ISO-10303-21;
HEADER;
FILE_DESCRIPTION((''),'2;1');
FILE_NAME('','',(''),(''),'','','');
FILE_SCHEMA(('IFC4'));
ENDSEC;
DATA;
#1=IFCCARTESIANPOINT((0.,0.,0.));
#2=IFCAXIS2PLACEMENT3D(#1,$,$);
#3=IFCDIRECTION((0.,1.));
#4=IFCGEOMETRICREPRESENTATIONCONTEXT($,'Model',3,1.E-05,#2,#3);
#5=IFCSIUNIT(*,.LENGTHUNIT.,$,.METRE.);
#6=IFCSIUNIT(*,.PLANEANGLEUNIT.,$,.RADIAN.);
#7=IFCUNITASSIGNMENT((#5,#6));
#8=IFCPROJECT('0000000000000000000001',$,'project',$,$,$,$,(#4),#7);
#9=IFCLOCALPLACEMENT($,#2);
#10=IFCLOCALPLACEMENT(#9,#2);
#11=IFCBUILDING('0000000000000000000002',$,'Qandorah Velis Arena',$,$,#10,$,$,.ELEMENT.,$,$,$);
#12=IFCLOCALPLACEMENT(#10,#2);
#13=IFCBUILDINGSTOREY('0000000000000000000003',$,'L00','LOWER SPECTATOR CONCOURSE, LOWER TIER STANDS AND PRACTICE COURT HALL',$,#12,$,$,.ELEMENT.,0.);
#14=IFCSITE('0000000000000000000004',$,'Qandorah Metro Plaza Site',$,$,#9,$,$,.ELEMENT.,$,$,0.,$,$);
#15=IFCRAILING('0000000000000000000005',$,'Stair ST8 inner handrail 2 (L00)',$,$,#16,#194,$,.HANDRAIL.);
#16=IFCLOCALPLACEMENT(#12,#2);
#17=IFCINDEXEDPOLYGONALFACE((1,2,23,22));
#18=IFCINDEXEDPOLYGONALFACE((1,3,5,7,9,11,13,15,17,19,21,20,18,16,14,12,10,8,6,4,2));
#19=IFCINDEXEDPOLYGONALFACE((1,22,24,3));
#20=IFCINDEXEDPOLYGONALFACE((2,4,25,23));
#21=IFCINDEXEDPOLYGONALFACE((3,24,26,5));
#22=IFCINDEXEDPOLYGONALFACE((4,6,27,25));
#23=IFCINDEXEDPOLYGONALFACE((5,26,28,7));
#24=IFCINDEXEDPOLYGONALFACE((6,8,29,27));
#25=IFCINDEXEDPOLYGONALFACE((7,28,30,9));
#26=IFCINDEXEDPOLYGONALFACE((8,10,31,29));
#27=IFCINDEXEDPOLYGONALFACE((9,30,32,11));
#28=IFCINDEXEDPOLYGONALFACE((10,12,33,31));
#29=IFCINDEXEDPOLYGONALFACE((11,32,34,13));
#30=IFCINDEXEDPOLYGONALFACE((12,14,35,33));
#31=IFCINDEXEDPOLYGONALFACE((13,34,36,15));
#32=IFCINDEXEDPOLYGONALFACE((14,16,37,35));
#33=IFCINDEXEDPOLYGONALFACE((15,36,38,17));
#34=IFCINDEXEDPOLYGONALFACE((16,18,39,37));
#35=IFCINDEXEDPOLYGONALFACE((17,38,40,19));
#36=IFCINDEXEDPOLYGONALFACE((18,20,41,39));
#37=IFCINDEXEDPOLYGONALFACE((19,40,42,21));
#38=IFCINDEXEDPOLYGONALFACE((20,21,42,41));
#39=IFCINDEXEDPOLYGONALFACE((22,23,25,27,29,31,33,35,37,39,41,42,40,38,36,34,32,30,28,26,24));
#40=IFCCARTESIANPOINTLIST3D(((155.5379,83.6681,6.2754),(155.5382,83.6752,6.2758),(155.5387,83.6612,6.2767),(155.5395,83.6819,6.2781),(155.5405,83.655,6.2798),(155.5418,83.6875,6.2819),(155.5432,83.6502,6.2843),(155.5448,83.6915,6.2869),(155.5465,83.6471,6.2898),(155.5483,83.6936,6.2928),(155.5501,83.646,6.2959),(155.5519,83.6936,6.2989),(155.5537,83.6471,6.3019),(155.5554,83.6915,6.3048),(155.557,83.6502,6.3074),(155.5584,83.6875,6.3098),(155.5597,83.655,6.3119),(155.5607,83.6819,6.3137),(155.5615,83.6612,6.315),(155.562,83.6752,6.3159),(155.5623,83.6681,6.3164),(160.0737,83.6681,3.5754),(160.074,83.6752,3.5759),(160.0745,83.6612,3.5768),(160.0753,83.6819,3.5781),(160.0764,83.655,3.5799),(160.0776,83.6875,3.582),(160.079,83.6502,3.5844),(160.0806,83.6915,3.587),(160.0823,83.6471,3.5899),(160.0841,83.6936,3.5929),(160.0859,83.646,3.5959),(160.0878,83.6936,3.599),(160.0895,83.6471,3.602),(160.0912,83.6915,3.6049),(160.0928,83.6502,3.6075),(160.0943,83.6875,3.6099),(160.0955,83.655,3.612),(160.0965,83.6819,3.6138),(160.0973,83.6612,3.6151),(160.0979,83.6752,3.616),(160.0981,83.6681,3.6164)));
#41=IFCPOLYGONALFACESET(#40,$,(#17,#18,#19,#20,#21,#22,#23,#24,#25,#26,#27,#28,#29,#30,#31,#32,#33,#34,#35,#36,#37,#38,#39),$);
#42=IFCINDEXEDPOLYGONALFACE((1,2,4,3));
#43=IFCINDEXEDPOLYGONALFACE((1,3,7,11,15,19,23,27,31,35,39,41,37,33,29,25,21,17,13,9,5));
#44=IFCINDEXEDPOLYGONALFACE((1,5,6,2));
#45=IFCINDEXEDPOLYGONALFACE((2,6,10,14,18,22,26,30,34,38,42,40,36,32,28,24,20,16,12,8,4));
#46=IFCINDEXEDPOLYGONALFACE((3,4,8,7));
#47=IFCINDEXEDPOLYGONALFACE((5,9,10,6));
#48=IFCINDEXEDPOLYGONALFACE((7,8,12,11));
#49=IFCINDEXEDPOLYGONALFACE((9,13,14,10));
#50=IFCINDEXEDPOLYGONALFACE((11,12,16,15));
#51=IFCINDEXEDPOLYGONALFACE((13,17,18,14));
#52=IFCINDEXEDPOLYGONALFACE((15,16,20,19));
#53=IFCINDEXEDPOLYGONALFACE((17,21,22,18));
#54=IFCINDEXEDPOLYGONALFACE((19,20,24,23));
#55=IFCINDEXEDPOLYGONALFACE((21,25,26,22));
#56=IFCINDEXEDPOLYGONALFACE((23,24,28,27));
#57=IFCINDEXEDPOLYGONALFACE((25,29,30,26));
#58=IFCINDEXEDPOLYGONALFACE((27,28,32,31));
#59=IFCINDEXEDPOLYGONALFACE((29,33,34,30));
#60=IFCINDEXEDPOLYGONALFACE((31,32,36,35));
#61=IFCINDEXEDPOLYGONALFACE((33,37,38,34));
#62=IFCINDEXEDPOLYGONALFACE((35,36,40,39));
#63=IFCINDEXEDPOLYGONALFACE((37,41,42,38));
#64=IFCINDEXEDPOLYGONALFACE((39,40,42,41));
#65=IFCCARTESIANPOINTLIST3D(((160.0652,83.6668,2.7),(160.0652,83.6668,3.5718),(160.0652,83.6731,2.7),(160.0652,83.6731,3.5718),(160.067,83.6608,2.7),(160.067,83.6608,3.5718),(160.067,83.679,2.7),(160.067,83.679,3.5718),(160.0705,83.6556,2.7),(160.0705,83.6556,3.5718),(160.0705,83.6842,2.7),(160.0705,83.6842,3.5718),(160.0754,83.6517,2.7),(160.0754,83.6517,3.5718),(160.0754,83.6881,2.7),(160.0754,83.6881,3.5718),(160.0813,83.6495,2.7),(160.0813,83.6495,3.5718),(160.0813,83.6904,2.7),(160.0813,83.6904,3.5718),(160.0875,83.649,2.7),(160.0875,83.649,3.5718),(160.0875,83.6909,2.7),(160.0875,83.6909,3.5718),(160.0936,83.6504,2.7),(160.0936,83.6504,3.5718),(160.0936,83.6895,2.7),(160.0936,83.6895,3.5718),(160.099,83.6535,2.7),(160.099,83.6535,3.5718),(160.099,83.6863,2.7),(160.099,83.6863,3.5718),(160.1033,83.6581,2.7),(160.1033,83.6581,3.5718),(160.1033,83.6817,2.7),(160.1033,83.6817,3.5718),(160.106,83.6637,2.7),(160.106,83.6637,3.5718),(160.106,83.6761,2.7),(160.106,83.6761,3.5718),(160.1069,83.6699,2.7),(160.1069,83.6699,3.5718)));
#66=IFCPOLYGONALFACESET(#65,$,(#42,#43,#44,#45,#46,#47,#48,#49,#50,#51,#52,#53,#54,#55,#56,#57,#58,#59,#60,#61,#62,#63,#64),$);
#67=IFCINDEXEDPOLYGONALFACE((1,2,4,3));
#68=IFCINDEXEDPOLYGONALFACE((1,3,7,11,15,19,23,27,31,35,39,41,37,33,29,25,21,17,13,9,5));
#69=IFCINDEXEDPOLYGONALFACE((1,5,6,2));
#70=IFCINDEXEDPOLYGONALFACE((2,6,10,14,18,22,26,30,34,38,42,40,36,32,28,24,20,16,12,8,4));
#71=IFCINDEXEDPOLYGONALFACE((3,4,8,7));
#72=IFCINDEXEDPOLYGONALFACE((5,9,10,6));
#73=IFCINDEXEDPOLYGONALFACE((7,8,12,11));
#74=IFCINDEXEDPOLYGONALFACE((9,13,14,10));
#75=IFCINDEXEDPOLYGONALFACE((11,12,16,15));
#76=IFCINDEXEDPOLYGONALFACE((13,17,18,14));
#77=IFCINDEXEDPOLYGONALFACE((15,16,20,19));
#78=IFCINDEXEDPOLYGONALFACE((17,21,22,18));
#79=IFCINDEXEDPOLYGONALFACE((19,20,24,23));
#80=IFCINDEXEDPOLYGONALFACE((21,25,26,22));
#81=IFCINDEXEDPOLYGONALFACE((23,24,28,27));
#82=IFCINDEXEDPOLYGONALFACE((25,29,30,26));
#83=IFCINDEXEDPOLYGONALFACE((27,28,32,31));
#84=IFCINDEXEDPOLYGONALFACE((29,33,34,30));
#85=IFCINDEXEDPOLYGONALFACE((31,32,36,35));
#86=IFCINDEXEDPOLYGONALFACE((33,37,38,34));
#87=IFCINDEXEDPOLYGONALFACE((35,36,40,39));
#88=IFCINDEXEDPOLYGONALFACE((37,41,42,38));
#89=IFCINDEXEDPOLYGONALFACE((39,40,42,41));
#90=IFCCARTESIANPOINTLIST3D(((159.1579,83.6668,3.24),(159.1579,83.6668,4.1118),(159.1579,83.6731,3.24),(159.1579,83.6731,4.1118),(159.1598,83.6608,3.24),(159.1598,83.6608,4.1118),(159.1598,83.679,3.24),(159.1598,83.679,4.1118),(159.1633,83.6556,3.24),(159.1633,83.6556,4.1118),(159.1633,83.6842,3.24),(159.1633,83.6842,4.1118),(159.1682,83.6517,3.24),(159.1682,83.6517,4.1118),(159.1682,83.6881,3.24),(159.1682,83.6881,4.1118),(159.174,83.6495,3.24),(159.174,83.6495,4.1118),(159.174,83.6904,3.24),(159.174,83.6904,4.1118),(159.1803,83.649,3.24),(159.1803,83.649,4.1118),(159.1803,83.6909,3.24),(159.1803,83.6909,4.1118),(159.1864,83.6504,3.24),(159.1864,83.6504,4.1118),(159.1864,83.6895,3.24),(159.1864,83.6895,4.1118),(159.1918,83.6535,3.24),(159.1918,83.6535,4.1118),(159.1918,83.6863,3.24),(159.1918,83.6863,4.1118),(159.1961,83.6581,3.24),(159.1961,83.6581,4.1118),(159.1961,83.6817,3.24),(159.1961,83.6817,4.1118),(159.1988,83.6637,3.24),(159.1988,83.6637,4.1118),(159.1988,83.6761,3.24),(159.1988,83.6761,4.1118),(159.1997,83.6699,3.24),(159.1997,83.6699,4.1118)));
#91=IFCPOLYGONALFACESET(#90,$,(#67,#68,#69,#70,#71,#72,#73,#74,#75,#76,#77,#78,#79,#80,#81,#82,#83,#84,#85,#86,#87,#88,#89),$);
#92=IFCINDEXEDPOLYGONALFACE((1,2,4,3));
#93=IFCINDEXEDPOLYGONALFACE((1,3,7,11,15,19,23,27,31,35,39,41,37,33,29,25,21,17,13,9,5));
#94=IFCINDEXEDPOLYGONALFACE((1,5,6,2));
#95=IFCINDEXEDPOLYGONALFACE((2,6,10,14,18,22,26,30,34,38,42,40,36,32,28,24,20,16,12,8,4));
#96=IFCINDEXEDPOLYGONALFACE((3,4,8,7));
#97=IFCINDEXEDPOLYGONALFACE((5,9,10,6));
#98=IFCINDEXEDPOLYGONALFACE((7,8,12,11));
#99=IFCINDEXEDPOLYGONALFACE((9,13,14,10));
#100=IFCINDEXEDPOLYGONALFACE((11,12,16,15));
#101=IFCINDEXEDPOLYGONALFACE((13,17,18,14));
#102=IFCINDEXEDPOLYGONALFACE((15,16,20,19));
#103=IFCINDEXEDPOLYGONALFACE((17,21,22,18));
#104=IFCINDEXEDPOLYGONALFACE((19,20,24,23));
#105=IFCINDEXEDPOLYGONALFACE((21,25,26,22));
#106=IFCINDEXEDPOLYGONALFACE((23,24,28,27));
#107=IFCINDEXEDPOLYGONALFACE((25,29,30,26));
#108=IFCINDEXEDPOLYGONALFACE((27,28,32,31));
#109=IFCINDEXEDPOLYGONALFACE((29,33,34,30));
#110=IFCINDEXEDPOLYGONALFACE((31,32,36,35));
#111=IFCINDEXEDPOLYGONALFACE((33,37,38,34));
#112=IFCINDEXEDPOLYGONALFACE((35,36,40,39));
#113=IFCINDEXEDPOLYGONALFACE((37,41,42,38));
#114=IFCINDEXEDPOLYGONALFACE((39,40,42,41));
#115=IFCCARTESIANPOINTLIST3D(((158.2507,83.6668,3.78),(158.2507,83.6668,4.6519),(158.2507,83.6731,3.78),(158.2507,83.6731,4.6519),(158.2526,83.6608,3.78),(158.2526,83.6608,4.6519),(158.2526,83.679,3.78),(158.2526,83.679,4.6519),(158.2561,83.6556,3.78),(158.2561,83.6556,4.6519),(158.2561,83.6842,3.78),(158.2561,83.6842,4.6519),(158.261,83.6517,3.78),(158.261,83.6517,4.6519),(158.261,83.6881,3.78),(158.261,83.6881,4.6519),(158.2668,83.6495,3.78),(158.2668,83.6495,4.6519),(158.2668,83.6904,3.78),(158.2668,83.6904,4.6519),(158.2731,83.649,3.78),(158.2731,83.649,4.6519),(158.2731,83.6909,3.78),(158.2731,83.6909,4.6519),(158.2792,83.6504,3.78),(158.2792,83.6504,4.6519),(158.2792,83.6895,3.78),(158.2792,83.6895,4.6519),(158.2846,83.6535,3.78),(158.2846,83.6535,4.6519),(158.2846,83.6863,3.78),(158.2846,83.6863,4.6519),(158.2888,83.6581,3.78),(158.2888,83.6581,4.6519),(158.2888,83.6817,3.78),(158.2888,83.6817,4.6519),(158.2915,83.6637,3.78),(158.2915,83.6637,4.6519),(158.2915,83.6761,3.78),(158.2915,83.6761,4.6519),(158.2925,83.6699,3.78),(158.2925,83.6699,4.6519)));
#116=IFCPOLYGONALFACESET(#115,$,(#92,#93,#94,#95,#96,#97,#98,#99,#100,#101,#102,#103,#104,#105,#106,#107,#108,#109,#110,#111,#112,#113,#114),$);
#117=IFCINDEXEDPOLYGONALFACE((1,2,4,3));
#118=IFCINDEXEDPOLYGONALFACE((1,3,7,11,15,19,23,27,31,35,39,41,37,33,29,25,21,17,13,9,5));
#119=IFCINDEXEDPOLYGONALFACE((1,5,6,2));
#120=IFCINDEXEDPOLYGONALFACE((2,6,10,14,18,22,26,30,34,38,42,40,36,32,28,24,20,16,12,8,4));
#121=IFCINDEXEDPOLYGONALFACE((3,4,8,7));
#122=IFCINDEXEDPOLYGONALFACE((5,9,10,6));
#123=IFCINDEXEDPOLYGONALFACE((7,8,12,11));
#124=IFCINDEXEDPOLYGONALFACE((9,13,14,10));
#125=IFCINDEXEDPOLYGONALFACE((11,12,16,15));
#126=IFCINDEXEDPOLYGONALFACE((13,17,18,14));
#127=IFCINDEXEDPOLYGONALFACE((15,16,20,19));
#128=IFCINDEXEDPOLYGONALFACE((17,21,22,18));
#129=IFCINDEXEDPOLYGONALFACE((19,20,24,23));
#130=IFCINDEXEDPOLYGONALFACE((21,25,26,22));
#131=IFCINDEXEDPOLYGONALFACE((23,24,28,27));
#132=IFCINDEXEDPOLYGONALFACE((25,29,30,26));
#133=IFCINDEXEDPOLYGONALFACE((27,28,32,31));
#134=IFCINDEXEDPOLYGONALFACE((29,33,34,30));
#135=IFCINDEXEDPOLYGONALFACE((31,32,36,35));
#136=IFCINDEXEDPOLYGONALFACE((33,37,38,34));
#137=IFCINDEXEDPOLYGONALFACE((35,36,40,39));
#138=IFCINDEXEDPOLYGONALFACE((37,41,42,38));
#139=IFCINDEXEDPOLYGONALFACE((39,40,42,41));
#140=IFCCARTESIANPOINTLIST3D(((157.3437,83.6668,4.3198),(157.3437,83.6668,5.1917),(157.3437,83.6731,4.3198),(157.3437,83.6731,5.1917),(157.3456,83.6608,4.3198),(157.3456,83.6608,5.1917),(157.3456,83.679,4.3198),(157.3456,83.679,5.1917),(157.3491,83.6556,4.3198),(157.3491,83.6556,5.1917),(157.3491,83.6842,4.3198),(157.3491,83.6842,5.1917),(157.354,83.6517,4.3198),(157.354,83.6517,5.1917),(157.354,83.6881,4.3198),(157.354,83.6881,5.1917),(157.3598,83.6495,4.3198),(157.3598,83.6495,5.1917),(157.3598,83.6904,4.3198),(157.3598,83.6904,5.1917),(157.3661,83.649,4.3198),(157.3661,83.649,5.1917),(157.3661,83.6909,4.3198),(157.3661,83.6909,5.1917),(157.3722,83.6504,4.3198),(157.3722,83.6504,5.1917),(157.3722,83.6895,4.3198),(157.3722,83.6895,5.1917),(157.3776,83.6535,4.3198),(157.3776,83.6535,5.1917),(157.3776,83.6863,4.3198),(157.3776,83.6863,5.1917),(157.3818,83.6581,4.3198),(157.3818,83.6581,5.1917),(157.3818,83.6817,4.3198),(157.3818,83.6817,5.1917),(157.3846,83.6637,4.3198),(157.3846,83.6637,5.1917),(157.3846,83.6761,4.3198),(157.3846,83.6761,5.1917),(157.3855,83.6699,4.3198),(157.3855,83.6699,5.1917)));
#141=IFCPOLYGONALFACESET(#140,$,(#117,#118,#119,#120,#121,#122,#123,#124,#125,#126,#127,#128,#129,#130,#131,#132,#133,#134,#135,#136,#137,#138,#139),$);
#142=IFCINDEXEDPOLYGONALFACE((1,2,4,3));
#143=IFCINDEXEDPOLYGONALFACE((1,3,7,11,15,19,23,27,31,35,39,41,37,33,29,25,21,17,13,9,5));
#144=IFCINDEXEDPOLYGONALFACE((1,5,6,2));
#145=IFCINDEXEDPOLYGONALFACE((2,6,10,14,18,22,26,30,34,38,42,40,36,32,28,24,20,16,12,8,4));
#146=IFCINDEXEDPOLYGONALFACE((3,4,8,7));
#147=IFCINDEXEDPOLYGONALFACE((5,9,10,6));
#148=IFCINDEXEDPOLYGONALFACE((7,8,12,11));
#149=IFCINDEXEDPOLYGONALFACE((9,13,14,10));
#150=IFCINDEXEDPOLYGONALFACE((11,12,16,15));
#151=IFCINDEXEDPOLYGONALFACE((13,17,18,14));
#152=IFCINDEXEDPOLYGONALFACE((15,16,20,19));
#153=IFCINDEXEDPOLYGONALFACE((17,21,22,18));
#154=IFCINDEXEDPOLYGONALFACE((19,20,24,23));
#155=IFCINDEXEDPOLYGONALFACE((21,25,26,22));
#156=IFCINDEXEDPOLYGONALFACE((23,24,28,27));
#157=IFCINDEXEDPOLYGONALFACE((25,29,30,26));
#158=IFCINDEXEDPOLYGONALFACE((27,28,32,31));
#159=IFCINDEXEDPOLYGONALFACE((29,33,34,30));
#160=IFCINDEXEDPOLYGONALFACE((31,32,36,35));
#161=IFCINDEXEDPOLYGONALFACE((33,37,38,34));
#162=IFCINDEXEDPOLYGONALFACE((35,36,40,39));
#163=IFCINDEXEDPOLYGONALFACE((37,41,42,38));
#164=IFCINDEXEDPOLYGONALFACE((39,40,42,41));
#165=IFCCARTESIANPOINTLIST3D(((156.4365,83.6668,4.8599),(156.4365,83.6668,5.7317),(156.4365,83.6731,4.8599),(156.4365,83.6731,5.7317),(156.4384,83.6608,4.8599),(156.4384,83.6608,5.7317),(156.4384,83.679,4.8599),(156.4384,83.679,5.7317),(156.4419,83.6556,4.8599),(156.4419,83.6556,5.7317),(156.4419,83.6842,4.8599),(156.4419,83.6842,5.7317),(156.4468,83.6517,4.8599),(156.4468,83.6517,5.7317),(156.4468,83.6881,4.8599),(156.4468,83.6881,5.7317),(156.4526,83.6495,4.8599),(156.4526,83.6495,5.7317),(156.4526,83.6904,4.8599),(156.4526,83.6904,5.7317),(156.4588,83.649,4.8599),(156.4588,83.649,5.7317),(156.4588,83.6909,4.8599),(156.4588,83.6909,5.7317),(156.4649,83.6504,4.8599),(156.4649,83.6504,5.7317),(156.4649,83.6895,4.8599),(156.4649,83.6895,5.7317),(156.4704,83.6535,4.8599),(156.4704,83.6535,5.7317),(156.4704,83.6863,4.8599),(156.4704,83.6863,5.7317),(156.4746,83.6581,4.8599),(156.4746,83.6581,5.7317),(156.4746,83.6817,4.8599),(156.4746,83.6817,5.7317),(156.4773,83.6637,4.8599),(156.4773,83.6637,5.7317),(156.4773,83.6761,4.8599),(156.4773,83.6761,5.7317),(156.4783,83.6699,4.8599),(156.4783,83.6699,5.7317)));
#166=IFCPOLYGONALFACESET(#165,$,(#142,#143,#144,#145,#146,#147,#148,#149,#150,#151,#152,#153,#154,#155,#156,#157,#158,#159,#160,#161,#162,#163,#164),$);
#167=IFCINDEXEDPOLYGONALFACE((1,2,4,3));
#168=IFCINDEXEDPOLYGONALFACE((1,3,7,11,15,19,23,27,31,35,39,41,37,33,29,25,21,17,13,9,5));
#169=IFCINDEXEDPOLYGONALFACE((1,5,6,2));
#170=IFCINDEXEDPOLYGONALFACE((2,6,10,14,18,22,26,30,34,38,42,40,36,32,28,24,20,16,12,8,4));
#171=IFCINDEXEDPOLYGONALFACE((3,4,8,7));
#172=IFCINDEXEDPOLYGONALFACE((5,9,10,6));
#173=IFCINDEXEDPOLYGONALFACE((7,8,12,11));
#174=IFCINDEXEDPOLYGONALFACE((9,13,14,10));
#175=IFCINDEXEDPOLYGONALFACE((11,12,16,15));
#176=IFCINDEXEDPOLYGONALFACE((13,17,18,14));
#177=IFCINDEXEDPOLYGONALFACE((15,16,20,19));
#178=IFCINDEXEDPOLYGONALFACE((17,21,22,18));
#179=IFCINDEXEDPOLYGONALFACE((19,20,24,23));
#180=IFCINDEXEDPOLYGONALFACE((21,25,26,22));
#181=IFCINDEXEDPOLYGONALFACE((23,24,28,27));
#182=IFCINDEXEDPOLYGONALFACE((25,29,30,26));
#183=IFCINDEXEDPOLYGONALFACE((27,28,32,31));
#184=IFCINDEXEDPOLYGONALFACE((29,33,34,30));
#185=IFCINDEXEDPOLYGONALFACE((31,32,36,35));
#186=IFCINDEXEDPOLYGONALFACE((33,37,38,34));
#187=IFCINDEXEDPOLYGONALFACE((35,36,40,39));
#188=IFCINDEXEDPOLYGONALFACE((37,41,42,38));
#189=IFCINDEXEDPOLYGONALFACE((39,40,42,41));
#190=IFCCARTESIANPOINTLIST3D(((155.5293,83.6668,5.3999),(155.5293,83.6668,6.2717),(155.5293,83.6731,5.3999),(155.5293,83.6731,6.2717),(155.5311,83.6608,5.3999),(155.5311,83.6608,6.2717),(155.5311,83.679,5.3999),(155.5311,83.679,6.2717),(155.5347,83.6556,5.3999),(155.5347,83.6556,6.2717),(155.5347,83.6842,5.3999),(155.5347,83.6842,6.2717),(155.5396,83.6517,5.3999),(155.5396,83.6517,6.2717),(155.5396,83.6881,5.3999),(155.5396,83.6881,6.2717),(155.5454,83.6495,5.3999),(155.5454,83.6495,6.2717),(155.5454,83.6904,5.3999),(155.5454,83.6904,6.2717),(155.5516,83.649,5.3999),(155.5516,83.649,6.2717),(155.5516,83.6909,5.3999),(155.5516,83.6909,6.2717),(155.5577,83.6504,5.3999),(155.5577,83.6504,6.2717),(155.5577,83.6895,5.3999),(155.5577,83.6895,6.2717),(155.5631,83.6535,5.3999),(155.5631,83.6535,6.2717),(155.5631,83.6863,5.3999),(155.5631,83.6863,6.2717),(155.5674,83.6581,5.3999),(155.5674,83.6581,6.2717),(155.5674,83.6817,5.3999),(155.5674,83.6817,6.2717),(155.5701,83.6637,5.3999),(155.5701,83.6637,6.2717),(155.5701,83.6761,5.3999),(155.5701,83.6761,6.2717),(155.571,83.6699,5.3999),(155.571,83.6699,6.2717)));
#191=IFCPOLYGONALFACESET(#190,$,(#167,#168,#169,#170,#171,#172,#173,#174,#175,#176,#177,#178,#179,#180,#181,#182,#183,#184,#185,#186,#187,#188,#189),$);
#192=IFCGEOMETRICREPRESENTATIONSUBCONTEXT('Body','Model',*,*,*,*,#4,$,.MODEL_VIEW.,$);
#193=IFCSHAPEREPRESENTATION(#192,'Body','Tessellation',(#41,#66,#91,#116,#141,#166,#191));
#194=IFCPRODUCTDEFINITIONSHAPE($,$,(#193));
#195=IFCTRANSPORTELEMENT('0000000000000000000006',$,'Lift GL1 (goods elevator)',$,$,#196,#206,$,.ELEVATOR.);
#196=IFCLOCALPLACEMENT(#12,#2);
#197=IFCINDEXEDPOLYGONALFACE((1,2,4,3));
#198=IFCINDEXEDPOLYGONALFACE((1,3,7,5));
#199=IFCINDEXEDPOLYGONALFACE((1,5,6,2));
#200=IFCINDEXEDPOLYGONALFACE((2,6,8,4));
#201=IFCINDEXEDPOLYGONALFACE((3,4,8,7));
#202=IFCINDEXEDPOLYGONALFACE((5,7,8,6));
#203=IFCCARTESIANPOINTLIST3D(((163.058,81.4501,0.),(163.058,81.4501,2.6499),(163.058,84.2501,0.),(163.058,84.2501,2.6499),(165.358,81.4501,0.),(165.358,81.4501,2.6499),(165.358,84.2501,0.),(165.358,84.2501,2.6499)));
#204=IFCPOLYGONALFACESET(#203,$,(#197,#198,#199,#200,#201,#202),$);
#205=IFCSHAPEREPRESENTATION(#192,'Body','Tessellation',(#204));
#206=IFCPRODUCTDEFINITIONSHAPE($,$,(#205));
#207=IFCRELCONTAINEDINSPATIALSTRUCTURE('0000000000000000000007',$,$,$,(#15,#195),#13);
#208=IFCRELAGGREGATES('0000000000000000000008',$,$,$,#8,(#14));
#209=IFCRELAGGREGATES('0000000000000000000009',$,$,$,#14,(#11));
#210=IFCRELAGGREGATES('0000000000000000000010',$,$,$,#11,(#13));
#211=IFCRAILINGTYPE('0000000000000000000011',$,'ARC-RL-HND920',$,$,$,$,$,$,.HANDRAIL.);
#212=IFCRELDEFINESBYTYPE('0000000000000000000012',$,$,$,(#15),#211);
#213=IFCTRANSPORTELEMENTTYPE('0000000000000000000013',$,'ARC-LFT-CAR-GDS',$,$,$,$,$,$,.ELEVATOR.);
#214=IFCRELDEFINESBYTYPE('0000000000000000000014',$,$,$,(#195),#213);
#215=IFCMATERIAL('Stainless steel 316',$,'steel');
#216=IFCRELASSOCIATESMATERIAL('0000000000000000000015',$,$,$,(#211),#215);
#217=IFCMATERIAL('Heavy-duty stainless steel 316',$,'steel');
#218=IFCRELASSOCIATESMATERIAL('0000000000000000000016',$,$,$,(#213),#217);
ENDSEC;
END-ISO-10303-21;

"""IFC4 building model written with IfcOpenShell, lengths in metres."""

from ifc_helpers import new_model, si_unit, direction, frame, origin, origin_2d, place, context, subcontext, project, spatial, rectangle, circle, extrude, material, type_object, element, save


model = new_model("IFC4")

# Units and contexts
model_context = context("Model", 3, precision=1e-05, world=origin(), true_north=direction((0.0, 1.0)))
body_context = subcontext(model_context, "Body", "Model", "MODEL_VIEW")
ifc_project = project(units=[si_unit("LENGTHUNIT", "METRE"), si_unit("PLANEANGLEUNIT", "RADIAN")], contexts=[model_context])

# Site, building, storey
site_placement = place(None, origin())
site = spatial("IfcSite", under=ifc_project, at=site_placement, Name="Qandorah Metro Plaza Site", CompositionType="ELEMENT", RefElevation=0.0)
building_placement = place(site_placement, origin())
building = spatial("IfcBuilding", under=site, at=building_placement, Name="Qandorah Velis Arena", CompositionType="ELEMENT")
storey_placement = place(building_placement, origin())
storey = spatial("IfcBuildingStorey", under=building, at=storey_placement, Name="L00", Description="LOWER SPECTATOR CONCOURSE, LOWER TIER STANDS AND PRACTICE COURT HALL", CompositionType="ELEMENT", Elevation=0.0)

# Railing
ifc_material_1 = material(Name="Stainless steel 316", Category="steel")
railing_type_1 = type_object("IfcRailingType", Name="ARC-RL-HND920", PredefinedType="HANDRAIL", material=ifc_material_1)
railing_1_placement = place(storey_placement, frame((160.0859, 83.6699, 2.7)))
element("IfcRailing", 1, at=railing_1_placement, inside=storey, type_object=railing_type_1, Name="Stair ST8 inner handrail 2 (L00)", PredefinedType="HANDRAIL", context=body_context, shape_type="SweptSolid", body=[
    extrude(circle(Radius=0.0239, at=origin_2d()), frame((0.0, 0.0, 0.896), z_axis=(-0.859291, 0.0, 0.511486), x_axis=(0.0, -1.0, 0.0)), (0.0, 0.0, 1.0), 5.2786),
    extrude(circle(Radius=0.021, at=origin_2d()), origin(), (0.0, 0.0, 1.0), 0.8718),
    extrude(circle(Radius=0.021, at=origin_2d()), frame((-0.9072, 0.0, 0.54)), (0.0, 0.0, 1.0), 0.8718),
    extrude(circle(Radius=0.021, at=origin_2d()), frame((-1.8145, 0.0, 1.0801)), (0.0, 0.0, 1.0), 0.8718),
    extrude(circle(Radius=0.021, at=origin_2d()), frame((-2.7214, 0.0, 1.6199)), (0.0, 0.0, 1.0), 0.8718),
    extrude(circle(Radius=0.021, at=origin_2d()), frame((-3.6287, 0.0, 2.1599)), (0.0, 0.0, 1.0), 0.8718),
    extrude(circle(Radius=0.021, at=origin_2d()), frame((-4.5359, 0.0, 2.7)), (0.0, 0.0, 1.0), 0.8718),
])

# Transport element
ifc_material_2 = material(Name="Heavy-duty stainless steel 316", Category="steel")
transport_element_type = type_object("IfcTransportElementType", Name="ARC-LFT-CAR-GDS", PredefinedType="ELEVATOR", material=ifc_material_2)
transport_element_placement = place(storey_placement, frame((164.208, 82.8501, 0.0), z_axis=(0.0, 0.0, 1.0), x_axis=(1.0, 0.0, 0.0)))
element("IfcTransportElement", 2, at=transport_element_placement, inside=storey, type_object=transport_element_type, Name="Lift GL1 (goods elevator)", PredefinedType="ELEVATOR", context=body_context, shape_type="SweptSolid", body=[
    extrude(rectangle(XDim=2.3, YDim=2.8, at=origin_2d()), origin(), (0.0, 0.0, 1.0), 2.6499),
])

save(model, "model.ifc")
